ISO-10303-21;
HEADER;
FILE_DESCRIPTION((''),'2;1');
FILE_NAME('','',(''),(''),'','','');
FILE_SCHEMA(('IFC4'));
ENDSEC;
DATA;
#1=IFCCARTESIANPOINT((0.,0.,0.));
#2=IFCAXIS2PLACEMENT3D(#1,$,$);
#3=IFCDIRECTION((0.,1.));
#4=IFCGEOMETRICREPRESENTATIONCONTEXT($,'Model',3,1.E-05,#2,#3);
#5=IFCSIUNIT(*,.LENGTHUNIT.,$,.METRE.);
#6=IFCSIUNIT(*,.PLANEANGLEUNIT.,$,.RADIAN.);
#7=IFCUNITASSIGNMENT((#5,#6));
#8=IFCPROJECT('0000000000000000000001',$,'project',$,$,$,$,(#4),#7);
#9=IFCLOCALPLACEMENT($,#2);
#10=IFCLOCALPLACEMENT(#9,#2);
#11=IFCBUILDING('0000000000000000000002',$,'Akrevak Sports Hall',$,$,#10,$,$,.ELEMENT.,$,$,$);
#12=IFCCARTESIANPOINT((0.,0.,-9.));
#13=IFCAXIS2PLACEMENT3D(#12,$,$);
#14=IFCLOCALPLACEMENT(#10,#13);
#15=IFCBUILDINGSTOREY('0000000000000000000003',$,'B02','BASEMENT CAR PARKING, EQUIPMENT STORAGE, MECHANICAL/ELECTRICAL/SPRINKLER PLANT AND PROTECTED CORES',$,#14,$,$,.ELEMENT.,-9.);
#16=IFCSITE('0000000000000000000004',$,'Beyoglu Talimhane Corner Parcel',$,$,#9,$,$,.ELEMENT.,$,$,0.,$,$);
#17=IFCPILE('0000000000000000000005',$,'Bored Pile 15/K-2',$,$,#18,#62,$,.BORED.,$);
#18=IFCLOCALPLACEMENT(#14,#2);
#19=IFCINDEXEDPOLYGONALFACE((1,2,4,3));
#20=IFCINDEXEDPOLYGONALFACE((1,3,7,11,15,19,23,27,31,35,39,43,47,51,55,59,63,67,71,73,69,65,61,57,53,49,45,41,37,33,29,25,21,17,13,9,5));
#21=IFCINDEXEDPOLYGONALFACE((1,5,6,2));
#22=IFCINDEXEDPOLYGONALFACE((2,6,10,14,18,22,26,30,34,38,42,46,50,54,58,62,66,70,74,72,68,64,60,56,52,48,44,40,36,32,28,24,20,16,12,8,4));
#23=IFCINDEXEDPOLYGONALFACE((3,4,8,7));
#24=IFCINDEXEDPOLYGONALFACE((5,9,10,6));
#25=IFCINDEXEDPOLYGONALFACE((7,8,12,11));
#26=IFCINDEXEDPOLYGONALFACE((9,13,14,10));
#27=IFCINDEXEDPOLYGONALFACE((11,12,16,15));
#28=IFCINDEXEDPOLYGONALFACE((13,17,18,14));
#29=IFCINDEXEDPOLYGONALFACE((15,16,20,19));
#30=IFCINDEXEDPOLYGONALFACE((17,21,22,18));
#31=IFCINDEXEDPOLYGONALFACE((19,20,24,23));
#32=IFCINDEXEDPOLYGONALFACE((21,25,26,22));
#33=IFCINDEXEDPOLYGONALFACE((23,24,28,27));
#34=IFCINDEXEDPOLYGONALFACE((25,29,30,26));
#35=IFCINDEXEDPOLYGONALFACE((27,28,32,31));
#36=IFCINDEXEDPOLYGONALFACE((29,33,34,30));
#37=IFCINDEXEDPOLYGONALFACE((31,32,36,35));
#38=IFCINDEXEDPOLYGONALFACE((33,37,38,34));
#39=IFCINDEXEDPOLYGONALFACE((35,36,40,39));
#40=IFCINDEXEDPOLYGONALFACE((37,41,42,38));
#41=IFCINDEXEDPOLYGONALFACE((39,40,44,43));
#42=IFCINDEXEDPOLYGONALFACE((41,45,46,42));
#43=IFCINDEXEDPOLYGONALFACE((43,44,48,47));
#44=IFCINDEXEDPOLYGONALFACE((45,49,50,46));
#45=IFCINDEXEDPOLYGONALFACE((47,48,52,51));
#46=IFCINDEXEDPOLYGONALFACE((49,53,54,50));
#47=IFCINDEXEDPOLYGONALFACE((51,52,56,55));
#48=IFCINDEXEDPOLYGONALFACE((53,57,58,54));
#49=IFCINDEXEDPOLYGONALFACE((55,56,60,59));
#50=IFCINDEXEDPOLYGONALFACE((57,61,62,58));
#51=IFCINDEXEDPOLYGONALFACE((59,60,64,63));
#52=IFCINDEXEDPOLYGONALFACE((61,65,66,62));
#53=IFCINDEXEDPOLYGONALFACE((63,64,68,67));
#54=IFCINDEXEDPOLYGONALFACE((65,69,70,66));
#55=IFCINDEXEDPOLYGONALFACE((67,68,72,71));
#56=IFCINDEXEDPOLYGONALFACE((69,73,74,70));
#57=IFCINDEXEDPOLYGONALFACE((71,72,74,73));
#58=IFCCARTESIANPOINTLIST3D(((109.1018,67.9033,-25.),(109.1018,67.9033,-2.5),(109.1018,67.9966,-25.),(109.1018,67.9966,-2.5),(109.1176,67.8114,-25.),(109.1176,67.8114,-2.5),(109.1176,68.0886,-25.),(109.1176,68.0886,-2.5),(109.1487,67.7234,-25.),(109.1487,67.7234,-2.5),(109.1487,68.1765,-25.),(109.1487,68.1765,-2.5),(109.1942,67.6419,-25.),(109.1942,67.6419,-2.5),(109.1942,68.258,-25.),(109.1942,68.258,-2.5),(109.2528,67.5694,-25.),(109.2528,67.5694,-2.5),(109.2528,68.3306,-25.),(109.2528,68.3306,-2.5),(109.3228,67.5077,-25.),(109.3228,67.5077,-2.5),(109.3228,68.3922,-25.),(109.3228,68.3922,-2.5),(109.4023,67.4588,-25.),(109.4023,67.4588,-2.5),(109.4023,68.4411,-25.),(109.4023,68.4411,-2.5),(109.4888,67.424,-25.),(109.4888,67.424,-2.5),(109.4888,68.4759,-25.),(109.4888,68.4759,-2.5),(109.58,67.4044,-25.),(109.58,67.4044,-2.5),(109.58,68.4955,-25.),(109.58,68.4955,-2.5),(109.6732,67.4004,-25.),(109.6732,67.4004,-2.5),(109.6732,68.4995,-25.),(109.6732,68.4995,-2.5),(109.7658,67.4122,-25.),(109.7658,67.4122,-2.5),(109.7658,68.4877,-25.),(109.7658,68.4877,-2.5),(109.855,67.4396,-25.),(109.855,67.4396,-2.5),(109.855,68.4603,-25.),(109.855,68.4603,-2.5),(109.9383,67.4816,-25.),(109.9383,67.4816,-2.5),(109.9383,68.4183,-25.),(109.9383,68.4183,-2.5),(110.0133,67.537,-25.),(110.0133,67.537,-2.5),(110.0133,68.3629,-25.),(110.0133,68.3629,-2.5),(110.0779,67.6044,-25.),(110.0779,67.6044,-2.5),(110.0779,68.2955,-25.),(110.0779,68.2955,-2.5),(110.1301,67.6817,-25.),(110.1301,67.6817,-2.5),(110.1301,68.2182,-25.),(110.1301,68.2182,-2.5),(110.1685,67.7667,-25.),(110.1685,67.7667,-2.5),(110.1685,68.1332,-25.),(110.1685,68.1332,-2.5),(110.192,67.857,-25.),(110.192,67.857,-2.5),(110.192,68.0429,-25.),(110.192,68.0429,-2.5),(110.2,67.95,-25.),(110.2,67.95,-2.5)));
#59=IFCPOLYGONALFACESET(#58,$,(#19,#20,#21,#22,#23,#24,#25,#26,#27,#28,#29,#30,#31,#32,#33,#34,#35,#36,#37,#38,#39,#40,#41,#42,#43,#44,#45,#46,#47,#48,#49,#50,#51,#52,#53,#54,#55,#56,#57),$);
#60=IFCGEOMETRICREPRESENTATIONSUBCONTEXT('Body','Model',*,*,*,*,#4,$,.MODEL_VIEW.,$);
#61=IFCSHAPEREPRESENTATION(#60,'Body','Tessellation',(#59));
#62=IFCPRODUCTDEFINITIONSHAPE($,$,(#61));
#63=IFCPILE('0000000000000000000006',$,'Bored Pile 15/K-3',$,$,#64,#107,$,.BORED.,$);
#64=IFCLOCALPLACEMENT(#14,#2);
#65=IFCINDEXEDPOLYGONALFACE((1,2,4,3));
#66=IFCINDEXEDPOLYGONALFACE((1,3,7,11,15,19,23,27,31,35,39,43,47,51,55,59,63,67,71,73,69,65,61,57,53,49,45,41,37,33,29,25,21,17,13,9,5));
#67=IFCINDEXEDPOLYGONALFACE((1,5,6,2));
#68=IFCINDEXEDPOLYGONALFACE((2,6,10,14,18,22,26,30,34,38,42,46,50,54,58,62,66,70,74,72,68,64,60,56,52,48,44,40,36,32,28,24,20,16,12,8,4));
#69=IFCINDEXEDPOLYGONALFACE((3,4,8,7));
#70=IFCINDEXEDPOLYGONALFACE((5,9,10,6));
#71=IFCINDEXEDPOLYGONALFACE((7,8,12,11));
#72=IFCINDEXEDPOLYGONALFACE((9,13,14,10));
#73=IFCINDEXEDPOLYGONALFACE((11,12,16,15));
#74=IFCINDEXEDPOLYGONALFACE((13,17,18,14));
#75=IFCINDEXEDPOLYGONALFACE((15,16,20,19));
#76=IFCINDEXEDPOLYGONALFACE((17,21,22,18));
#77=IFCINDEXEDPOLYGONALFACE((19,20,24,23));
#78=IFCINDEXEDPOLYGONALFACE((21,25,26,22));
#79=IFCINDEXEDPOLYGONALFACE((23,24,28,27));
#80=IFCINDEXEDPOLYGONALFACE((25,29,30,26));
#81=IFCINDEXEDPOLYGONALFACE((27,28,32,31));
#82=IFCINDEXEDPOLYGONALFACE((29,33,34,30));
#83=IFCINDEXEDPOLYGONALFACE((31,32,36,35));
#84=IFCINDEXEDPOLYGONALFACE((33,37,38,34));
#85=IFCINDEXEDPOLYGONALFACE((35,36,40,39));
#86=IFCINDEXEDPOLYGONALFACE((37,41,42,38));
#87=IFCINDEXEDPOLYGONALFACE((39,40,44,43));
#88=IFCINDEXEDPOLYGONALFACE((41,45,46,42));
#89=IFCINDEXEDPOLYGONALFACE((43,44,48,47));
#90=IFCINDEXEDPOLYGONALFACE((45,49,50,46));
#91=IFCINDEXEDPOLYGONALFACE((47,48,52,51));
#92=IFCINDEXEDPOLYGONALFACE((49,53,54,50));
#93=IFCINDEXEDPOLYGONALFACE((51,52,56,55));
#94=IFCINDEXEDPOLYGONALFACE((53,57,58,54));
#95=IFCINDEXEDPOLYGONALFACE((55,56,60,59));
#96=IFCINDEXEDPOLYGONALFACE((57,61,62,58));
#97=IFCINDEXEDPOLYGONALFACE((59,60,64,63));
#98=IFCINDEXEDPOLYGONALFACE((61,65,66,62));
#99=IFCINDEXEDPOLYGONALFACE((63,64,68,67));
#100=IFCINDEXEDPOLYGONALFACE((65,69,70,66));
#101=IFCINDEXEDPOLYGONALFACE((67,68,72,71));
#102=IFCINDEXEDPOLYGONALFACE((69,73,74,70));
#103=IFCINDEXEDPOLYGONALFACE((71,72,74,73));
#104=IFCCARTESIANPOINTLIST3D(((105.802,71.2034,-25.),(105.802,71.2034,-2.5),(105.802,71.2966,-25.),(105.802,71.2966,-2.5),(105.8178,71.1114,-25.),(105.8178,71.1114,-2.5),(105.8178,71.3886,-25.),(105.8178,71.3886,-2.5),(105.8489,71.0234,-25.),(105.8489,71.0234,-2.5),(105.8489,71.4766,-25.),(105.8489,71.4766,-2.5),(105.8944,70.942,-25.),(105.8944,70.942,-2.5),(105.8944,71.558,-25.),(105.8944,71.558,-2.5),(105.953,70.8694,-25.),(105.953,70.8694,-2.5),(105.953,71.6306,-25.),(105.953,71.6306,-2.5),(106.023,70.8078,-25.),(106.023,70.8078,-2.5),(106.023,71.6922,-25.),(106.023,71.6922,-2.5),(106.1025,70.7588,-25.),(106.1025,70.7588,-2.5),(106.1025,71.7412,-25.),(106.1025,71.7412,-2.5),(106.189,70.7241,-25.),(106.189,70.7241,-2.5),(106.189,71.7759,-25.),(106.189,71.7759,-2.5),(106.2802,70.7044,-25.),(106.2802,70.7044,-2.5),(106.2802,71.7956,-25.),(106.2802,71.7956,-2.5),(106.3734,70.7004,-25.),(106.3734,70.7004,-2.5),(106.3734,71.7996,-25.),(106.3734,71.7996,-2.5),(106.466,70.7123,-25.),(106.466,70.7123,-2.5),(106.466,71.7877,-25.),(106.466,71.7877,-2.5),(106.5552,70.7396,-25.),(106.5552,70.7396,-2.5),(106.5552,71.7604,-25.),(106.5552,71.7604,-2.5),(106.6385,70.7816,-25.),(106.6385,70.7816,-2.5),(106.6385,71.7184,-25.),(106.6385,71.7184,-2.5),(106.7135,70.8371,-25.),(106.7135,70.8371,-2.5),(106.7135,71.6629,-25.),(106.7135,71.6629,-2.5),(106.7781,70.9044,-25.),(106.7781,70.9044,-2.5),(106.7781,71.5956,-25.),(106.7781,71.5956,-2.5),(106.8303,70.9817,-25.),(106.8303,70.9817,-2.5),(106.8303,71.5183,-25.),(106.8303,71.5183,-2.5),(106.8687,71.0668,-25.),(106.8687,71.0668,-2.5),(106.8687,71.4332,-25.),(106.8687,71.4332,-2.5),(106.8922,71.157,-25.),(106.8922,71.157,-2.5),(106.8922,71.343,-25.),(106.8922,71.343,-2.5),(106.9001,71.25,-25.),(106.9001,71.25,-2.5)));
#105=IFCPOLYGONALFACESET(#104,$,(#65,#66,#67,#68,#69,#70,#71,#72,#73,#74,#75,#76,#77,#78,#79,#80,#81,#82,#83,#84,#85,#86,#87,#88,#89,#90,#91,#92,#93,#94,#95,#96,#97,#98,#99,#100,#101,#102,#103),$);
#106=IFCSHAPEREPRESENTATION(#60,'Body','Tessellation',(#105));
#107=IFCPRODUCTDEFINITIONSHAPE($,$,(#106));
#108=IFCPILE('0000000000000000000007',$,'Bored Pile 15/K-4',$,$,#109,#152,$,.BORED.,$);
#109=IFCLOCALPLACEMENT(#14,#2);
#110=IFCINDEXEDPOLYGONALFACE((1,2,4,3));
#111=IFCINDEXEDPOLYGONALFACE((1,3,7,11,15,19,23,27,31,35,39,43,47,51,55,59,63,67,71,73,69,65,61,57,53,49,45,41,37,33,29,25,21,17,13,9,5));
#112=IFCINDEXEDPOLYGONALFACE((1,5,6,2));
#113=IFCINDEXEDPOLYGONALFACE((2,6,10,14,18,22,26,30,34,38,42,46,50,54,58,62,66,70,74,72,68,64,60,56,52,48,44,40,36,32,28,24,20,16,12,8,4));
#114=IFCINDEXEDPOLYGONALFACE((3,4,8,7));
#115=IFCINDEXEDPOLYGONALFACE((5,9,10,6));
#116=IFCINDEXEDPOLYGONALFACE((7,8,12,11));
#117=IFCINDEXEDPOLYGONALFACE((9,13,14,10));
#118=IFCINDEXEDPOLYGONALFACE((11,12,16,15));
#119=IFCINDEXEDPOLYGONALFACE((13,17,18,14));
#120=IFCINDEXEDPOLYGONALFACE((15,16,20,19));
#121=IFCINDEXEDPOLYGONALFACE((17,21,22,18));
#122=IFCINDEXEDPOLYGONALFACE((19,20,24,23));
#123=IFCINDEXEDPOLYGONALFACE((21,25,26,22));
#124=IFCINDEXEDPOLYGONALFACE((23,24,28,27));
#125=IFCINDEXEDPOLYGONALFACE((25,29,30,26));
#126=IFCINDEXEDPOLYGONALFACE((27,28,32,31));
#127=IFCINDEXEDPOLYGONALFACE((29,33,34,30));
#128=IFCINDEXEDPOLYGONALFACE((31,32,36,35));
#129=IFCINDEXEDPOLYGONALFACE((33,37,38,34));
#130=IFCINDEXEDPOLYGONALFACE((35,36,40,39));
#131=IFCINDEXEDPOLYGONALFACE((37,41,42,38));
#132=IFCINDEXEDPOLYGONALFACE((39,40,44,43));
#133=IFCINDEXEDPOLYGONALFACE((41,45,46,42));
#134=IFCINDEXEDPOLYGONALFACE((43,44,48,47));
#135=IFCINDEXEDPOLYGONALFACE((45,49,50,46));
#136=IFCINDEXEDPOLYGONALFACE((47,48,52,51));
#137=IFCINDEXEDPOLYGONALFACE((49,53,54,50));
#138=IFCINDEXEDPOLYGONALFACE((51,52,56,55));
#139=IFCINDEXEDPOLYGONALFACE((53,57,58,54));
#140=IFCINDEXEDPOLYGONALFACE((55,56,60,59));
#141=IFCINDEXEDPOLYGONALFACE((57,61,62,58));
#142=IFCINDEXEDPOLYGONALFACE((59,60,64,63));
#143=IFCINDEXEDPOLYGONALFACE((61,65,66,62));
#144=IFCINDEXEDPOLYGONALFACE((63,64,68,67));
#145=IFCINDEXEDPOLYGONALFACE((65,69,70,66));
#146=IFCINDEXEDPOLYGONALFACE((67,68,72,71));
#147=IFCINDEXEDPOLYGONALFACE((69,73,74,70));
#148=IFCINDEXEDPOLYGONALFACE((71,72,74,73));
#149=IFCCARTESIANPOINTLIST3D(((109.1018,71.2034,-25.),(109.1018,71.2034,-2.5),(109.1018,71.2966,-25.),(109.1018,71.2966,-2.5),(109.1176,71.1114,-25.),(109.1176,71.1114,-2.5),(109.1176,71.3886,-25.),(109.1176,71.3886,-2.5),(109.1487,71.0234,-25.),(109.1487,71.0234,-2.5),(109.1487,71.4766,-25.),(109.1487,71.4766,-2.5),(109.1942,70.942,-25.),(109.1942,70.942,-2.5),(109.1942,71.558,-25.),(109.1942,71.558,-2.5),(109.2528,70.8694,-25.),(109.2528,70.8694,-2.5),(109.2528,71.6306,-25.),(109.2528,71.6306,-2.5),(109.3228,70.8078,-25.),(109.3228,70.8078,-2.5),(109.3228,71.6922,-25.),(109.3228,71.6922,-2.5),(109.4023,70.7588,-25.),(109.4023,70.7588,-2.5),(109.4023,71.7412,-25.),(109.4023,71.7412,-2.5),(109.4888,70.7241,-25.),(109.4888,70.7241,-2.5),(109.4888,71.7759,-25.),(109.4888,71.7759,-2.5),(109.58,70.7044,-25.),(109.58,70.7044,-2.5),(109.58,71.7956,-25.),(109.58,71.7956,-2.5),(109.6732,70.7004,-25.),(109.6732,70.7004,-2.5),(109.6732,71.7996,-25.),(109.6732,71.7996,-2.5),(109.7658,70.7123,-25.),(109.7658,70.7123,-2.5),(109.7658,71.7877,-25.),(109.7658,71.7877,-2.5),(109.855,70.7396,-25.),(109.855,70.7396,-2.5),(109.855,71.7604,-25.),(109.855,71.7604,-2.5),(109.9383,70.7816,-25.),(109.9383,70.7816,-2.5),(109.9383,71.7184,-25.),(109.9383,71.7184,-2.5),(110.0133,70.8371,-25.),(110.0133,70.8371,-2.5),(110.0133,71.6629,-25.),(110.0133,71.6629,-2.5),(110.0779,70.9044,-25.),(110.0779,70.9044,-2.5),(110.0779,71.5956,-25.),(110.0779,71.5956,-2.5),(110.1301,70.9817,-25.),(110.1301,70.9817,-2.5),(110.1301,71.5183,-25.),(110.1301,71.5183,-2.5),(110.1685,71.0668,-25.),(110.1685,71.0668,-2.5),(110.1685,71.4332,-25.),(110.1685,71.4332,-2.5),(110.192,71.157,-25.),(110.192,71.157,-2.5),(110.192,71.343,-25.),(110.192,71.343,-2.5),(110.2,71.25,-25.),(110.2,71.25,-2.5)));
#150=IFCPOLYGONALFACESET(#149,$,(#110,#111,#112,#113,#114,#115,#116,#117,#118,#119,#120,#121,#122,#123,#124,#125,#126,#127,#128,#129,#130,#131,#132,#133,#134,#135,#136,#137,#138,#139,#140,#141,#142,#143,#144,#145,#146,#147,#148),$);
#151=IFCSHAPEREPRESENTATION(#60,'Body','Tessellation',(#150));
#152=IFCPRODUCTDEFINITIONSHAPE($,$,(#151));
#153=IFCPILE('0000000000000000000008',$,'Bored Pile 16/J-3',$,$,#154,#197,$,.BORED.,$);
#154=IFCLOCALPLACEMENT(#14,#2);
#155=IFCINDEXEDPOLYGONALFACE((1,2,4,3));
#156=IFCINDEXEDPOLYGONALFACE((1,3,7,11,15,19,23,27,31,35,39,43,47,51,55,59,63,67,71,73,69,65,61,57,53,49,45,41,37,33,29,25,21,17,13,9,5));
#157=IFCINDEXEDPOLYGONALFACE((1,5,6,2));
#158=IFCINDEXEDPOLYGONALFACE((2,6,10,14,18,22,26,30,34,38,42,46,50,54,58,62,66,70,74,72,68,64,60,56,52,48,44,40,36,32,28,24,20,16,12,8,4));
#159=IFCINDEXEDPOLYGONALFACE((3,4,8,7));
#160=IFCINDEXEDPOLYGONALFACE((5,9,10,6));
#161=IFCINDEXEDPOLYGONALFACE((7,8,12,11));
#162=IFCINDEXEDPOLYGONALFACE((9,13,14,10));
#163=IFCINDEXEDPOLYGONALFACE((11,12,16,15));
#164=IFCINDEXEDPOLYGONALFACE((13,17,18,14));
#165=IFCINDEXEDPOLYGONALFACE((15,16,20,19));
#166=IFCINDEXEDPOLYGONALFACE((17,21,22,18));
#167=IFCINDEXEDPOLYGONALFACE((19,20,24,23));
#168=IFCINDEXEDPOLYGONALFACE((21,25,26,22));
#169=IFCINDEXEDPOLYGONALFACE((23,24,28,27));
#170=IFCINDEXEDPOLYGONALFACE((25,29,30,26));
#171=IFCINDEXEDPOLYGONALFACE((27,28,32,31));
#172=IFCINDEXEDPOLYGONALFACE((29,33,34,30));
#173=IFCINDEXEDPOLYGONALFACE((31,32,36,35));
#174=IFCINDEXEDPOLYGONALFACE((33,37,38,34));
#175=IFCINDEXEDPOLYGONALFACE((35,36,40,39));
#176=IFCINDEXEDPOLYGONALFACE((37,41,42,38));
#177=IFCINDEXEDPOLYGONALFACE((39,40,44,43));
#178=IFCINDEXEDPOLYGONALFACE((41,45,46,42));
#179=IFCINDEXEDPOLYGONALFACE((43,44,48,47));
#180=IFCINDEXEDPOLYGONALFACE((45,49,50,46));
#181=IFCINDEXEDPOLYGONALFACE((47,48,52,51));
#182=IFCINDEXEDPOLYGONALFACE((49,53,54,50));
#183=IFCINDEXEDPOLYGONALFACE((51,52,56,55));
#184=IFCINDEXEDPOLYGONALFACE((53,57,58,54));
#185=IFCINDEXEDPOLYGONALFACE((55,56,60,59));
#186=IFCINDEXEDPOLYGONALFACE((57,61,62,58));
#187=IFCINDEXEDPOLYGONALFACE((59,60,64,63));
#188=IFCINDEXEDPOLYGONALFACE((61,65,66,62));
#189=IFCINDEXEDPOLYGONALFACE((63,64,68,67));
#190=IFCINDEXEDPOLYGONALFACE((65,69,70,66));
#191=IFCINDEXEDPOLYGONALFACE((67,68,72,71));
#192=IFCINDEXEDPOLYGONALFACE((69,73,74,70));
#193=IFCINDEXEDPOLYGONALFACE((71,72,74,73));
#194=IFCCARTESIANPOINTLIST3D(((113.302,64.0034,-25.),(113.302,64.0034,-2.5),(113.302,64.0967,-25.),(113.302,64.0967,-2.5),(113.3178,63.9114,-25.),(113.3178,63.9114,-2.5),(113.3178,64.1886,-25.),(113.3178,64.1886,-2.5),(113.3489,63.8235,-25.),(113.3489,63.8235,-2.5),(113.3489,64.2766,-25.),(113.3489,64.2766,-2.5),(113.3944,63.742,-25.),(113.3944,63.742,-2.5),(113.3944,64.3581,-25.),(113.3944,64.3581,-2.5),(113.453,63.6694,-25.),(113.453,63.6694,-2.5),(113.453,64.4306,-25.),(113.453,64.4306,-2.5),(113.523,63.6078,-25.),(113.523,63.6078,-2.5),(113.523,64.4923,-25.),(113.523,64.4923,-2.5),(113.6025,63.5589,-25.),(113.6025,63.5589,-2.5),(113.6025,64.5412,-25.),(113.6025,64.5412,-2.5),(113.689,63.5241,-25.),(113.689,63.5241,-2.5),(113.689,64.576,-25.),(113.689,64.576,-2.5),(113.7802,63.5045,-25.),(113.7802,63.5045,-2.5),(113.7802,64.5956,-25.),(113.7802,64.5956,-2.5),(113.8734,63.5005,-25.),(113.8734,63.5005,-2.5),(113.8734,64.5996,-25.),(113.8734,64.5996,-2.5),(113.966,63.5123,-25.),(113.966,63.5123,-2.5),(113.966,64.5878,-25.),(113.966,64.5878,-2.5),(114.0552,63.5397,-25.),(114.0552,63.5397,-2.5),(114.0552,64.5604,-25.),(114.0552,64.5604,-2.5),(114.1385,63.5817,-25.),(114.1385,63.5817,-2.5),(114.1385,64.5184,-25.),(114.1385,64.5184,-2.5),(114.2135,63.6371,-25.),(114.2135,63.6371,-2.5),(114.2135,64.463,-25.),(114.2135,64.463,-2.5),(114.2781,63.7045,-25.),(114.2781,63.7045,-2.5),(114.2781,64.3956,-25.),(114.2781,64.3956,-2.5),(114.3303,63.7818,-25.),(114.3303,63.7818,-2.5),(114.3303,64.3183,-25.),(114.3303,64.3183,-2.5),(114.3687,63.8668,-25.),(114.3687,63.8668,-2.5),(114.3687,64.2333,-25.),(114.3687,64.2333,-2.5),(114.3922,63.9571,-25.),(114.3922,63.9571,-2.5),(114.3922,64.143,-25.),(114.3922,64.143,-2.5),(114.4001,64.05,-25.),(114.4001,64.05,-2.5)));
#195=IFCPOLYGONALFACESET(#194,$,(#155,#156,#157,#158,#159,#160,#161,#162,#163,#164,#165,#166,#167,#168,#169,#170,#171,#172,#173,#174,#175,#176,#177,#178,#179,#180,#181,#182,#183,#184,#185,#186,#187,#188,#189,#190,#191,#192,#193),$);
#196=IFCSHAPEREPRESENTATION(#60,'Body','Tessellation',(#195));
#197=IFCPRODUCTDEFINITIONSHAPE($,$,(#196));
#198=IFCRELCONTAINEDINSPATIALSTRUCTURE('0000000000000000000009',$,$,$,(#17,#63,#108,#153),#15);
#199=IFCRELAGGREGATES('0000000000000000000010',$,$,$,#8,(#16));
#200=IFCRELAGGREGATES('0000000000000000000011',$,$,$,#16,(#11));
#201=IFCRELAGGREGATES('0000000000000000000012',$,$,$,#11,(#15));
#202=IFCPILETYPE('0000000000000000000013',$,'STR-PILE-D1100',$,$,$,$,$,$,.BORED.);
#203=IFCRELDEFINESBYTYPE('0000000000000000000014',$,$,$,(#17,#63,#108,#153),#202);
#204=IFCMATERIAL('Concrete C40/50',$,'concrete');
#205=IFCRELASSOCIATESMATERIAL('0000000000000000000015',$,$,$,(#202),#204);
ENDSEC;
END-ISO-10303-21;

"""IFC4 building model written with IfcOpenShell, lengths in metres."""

from ifc_helpers import new_model, si_unit, direction, frame, origin, origin_2d, place, context, subcontext, project, spatial, circle, extrude, material, material_profile, profile_set, type_object, element, save


model = new_model("IFC4")

# Units and contexts
model_context = context("Model", 3, precision=1e-05, world=origin(), true_north=direction((0.0, 1.0)))
body_context = subcontext(model_context, "Body", "Model", "MODEL_VIEW")
ifc_project = project(units=[si_unit("LENGTHUNIT", "METRE"), si_unit("PLANEANGLEUNIT", "RADIAN")], contexts=[model_context])

# Site, building, storey
site_placement = place(None, origin())
site = spatial("IfcSite", under=ifc_project, at=site_placement, Name="Beyoglu Talimhane Corner Parcel", CompositionType="ELEMENT", RefElevation=0.0)
building_placement = place(site_placement, origin())
building = spatial("IfcBuilding", under=site, at=building_placement, Name="Akrevak Sports Hall", CompositionType="ELEMENT")
storey_placement = place(building_placement, frame((0.0, 0.0, -9.0)))
storey = spatial("IfcBuildingStorey", under=building, at=storey_placement, Name="B02", Description="BASEMENT CAR PARKING, EQUIPMENT STORAGE, MECHANICAL/ELECTRICAL/SPRINKLER PLANT AND PROTECTED CORES", CompositionType="ELEMENT", Elevation=-9.0)

# Shared definitions
ifc_material_1 = material(Name="Concrete C40/50", Category="concrete")

# Piles
ifc_material_profile_1 = material_profile(ifc_material_1, circle(Radius=0.55, at=origin_2d()), Name="BORED PILE D1100", Category="concrete")
ifc_profile_set_1 = profile_set([ifc_material_profile_1], Name="Concrete C40/50")
pile_type = type_object("IfcPileType", Name="STR-PILE-D1100", PredefinedType="BORED", material=ifc_profile_set_1)
for number, where, z_axis, x_axis, name in (
    (1, (109.6499, 67.95, -2.5), (0.0, 0.0, -1.0), (1.0, 0.0, 0.0), "Bored Pile 15/K-2"),
    (2, (106.3501, 71.25, -2.5), (0.0, 0.0, -1.0), (1.0, 0.0, 0.0), "Bored Pile 15/K-3"),
    (3, (109.6499, 71.25, -2.5), (0.0, 0.0, -1.0), (1.0, 0.0, 0.0), "Bored Pile 15/K-4"),
    (4, (113.8501, 64.05, -2.5), (0.0, 0.0, -1.0), (1.0, 0.0, 0.0), "Bored Pile 16/J-3"),
):
    element("IfcPile", number, at=place(storey_placement, frame(where, z_axis=z_axis, x_axis=x_axis)), inside=storey, type_object=pile_type, Name=name, PredefinedType="BORED", context=body_context, shape_type="SweptSolid", body=[
        extrude(circle(Radius=0.55, at=origin_2d()), origin(), (0.0, 0.0, 1.0), 22.5),
    ])

save(model, "model.ifc")
